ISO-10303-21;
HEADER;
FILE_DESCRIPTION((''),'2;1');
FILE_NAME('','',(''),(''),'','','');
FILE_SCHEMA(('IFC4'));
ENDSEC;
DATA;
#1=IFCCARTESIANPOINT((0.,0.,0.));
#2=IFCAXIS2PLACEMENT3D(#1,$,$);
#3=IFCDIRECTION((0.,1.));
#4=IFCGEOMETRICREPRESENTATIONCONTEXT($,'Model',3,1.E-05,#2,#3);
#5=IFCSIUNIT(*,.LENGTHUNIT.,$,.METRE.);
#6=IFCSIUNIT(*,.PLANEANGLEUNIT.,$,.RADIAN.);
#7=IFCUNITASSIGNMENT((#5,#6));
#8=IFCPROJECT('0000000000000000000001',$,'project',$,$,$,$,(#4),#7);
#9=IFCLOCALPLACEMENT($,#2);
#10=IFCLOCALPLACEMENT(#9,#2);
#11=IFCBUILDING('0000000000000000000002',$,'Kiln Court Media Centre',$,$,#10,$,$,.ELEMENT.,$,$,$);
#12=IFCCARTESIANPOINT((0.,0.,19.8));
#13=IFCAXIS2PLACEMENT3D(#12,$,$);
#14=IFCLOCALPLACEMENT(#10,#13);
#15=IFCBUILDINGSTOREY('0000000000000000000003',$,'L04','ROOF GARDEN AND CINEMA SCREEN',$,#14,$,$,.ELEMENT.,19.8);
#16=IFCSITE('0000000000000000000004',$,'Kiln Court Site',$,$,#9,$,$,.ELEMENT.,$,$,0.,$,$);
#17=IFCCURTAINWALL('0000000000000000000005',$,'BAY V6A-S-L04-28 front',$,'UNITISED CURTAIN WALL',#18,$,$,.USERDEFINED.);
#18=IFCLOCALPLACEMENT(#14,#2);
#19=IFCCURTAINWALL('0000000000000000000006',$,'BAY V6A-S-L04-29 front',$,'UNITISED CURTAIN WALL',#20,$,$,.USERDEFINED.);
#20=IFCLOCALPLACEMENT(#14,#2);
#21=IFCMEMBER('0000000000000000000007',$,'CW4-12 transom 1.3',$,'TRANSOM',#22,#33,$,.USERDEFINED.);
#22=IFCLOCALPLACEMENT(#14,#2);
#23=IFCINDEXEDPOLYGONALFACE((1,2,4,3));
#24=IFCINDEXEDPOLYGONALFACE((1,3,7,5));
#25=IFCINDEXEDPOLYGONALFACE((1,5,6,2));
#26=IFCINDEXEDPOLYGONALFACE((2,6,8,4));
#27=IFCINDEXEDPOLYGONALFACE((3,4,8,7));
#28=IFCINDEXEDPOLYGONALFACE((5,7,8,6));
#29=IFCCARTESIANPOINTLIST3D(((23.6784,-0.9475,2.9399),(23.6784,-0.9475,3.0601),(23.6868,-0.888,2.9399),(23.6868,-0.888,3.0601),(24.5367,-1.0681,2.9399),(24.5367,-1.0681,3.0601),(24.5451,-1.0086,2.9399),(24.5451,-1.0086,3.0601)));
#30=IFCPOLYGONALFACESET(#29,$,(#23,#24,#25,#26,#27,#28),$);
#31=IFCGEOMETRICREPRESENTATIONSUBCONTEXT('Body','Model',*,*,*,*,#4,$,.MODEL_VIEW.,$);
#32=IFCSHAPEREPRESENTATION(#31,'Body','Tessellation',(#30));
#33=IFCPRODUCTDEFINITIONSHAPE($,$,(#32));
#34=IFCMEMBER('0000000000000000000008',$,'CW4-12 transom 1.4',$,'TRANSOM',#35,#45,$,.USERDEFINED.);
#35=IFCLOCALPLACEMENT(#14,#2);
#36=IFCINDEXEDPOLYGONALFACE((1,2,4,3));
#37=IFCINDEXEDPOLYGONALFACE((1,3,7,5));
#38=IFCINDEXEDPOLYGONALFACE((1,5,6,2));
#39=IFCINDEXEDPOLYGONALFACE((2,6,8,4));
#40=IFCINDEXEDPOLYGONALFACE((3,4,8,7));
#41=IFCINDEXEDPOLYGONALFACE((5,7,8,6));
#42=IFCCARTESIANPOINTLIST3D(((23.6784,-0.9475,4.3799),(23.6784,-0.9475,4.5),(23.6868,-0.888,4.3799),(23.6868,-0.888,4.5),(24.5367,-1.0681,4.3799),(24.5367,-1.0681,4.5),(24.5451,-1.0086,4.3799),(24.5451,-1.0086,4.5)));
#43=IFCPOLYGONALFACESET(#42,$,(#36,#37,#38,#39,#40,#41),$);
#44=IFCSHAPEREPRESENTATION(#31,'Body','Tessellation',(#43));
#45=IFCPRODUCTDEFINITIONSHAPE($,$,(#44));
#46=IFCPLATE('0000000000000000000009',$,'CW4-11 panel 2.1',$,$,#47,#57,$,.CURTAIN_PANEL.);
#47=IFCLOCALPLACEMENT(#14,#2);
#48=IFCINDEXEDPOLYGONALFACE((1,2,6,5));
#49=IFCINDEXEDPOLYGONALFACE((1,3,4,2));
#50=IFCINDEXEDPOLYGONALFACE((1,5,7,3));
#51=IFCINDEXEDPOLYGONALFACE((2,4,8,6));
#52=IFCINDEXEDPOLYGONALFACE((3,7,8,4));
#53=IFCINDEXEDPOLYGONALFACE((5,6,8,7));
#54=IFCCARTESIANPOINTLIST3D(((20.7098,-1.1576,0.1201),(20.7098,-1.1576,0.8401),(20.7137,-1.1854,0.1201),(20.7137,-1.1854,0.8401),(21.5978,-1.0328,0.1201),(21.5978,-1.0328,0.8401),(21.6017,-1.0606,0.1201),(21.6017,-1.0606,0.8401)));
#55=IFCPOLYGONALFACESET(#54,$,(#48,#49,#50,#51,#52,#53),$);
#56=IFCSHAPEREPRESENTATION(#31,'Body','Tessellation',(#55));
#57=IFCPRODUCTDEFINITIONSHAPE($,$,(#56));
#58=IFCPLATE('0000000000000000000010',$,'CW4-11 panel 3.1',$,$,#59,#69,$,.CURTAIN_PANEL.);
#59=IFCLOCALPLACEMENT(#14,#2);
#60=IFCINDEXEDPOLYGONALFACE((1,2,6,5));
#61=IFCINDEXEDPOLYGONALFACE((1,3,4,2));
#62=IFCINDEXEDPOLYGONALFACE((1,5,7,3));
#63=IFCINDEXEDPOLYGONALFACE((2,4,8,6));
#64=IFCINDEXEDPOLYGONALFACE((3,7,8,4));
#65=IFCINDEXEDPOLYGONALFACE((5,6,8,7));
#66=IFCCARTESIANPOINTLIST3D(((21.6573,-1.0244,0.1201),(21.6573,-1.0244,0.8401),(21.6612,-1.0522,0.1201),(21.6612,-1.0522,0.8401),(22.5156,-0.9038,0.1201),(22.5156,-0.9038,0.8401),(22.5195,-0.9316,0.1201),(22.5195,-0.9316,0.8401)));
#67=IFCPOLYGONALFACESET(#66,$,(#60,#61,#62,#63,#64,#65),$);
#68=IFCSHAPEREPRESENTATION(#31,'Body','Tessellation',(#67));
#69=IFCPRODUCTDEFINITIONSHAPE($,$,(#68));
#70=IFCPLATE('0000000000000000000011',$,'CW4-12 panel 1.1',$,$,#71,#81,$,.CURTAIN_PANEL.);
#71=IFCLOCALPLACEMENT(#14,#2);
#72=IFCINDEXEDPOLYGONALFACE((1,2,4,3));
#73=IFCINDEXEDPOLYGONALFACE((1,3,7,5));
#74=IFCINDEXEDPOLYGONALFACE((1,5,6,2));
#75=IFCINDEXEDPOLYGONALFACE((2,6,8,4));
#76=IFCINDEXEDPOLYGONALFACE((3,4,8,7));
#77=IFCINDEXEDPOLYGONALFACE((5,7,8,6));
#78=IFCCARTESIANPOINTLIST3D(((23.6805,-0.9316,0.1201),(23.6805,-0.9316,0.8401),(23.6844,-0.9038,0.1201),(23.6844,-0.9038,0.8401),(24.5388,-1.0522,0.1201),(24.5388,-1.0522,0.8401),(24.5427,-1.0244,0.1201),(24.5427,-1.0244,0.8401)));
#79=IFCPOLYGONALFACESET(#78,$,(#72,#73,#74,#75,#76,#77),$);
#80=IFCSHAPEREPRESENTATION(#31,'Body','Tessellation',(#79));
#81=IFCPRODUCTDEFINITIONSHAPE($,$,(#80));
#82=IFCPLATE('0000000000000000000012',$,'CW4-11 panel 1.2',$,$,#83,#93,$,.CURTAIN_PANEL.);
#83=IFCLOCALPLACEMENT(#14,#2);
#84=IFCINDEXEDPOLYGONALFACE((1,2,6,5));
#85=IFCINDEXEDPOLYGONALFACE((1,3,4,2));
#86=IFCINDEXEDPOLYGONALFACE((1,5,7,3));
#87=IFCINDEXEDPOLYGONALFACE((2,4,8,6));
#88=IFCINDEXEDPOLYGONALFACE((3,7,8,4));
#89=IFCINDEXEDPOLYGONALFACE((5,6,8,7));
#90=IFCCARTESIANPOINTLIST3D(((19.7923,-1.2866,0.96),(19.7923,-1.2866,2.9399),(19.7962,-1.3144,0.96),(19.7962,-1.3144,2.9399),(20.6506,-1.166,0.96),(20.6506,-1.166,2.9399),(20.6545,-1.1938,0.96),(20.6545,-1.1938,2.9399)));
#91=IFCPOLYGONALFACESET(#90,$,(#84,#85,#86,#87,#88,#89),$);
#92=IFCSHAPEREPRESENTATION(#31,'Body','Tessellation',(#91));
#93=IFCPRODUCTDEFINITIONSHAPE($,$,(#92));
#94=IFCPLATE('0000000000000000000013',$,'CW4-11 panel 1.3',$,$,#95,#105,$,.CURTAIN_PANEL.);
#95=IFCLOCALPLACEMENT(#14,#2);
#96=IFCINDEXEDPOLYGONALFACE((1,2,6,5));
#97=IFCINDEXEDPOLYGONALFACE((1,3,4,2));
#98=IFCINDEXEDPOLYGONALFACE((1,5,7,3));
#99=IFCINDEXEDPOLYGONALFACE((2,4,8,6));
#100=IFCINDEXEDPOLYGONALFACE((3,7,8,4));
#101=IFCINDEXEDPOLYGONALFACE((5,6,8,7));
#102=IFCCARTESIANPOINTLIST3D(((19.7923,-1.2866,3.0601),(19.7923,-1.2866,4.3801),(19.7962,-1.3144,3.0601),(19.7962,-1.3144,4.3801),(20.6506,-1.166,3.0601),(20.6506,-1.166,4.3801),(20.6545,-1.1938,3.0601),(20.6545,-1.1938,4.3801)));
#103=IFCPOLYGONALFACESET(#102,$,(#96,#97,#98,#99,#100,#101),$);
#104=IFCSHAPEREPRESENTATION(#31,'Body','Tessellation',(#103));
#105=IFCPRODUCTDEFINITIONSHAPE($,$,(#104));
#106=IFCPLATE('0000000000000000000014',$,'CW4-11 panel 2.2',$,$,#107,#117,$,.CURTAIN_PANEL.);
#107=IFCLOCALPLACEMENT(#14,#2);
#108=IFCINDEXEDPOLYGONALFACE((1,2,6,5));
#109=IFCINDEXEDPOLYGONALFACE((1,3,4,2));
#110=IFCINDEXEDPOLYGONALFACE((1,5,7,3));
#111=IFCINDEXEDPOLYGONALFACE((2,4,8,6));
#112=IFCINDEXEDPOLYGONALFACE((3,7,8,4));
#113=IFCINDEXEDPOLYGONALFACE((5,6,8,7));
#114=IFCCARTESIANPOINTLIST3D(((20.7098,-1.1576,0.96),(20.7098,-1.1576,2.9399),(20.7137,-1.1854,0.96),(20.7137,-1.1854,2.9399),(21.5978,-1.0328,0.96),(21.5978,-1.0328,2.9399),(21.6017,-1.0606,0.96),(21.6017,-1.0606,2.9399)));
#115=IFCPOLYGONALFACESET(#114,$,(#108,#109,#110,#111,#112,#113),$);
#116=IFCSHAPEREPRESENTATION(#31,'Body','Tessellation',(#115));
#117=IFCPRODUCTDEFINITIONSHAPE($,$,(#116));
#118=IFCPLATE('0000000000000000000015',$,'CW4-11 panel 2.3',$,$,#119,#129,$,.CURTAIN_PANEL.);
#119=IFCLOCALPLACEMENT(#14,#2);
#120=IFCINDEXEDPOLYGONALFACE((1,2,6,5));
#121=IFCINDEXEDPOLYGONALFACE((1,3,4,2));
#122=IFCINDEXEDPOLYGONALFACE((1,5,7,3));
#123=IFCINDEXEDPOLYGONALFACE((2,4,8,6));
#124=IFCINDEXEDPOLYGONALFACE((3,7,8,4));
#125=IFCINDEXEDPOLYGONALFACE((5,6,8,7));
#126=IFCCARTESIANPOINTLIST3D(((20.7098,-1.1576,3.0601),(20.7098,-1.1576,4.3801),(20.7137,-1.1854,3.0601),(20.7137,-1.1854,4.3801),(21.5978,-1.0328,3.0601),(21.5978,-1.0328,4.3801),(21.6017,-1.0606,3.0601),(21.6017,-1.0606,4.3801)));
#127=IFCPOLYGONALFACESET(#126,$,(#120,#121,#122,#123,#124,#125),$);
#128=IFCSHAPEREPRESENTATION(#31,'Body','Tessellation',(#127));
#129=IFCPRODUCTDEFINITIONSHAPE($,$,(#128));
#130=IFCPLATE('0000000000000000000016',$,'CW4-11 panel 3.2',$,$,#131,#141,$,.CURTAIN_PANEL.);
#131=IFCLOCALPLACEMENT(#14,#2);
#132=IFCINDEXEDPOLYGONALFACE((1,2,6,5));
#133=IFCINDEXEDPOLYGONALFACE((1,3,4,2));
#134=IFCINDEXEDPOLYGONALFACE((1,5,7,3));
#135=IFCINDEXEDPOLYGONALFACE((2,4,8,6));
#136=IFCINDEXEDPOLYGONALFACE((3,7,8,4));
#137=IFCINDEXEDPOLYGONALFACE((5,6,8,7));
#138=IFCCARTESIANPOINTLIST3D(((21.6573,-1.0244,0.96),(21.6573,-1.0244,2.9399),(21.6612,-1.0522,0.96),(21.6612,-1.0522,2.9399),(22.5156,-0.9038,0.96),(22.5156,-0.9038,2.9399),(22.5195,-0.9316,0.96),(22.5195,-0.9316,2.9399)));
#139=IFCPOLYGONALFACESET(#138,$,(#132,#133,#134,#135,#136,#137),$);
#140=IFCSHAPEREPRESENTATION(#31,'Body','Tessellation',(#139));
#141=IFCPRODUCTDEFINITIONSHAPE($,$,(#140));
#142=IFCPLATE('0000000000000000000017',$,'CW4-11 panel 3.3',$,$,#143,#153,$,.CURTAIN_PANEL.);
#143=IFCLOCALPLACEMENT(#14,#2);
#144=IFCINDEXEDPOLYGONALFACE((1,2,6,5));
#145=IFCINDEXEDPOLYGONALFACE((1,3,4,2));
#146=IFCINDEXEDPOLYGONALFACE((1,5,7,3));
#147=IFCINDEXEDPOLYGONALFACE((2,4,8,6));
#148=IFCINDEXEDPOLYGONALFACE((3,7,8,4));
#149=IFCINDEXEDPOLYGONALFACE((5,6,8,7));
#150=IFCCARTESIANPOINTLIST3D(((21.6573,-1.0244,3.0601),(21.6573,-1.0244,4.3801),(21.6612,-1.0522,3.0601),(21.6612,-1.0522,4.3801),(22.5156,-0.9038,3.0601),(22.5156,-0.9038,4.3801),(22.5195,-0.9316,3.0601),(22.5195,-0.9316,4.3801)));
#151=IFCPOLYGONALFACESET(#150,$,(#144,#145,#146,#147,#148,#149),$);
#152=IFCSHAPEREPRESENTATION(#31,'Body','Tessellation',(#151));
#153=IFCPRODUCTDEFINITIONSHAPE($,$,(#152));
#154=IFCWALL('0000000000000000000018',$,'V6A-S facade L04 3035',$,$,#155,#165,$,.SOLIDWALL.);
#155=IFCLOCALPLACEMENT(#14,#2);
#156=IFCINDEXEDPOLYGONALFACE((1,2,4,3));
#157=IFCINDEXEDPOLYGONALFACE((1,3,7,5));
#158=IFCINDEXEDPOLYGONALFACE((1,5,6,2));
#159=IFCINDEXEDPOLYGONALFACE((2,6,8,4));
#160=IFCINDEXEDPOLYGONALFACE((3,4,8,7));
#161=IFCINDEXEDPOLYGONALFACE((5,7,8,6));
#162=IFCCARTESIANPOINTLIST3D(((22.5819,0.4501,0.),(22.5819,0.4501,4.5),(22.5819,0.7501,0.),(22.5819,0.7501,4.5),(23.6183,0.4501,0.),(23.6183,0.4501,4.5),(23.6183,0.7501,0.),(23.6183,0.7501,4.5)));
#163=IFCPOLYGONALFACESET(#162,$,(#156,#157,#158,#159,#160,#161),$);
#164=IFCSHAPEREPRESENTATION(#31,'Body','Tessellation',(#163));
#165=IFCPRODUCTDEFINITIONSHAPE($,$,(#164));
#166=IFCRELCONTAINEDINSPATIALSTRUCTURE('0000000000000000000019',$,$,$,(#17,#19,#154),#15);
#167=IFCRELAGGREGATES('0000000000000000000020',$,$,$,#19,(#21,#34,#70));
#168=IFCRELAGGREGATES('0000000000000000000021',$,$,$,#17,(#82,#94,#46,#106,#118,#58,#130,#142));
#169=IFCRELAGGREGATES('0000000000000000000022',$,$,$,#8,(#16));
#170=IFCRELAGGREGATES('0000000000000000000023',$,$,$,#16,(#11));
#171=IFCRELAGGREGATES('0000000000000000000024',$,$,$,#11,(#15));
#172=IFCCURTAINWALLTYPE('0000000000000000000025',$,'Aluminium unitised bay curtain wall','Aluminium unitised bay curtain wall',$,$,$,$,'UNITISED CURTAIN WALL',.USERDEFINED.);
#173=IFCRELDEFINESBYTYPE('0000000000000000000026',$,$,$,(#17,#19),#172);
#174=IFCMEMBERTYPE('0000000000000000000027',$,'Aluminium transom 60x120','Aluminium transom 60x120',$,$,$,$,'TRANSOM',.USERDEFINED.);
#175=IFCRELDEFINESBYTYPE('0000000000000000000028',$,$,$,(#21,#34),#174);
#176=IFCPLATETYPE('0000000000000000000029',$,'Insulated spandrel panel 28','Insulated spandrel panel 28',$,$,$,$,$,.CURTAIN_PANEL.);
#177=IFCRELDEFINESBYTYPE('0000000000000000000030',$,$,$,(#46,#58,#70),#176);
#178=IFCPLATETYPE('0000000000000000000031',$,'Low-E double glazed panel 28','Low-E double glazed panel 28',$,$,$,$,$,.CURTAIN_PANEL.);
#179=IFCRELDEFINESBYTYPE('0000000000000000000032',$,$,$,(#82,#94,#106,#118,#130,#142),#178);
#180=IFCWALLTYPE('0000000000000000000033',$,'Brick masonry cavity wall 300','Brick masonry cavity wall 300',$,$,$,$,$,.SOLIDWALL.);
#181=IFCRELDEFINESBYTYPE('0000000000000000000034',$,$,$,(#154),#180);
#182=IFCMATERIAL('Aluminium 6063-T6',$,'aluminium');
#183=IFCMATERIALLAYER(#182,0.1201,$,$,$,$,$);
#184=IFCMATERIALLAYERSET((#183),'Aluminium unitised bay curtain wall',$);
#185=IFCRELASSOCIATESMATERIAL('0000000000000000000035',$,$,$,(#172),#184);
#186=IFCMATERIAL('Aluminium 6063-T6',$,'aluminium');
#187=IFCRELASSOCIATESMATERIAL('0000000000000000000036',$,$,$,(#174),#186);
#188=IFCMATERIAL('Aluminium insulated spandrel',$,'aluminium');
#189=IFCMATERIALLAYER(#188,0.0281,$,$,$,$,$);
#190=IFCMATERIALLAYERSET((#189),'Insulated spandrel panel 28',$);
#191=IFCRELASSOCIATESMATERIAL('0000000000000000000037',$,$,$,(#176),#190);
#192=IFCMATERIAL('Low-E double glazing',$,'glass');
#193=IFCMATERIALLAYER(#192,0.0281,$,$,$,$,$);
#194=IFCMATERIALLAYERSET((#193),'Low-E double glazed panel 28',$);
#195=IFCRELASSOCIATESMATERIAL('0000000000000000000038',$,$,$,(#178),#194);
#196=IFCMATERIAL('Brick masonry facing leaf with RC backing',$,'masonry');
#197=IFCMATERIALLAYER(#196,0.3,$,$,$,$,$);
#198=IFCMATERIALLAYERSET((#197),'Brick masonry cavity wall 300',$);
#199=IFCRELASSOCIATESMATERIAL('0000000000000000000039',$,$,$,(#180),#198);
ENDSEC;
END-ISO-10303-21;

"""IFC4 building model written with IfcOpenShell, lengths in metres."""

from ifc_helpers import new_model, si_unit, direction, frame, frame_2d, origin, origin_2d, place, context, subcontext, project, spatial, rectangle, extrude, material, layer, layer_set, material_profile, profile_set, type_object, element, aggregate, save


model = new_model("IFC4")

# Units and contexts
model_context = context("Model", 3, precision=1e-05, world=origin(), true_north=direction((0.0, 1.0)))
body_context = subcontext(model_context, "Body", "Model", "MODEL_VIEW")
ifc_project = project(units=[si_unit("LENGTHUNIT", "METRE"), si_unit("PLANEANGLEUNIT", "RADIAN")], contexts=[model_context])

# Site, building, storey
site_placement = place(None, origin())
site = spatial("IfcSite", under=ifc_project, at=site_placement, Name="Kiln Court Site", CompositionType="ELEMENT", RefElevation=0.0)
building_placement = place(site_placement, origin())
building = spatial("IfcBuilding", under=site, at=building_placement, Name="Kiln Court Media Centre", CompositionType="ELEMENT")
storey_placement = place(building_placement, frame((0.0, 0.0, 19.8)))
storey = spatial("IfcBuildingStorey", under=building, at=storey_placement, Name="L04", Description="ROOF GARDEN AND CINEMA SCREEN", CompositionType="ELEMENT", Elevation=19.8)

# Curtain wall
ifc_material_1 = material(Name="Aluminium 6063-T6", Category="aluminium")
ifc_layer_1 = layer(ifc_material_1, 0.1201)
ifc_layer_set_1 = layer_set([ifc_layer_1], Name="Aluminium unitised bay curtain wall")
curtain_wall_type = type_object("IfcCurtainWallType", Name="Aluminium unitised bay curtain wall", Description="Aluminium unitised bay curtain wall", ElementType="UNITISED CURTAIN WALL", PredefinedType="USERDEFINED", material=ifc_layer_set_1)
curtain_wall_1_placement = place(storey_placement, origin())
curtain_wall_1 = element("IfcCurtainWall", 1, at=curtain_wall_1_placement, inside=storey, type_object=curtain_wall_type, Name="BAY V6A-S-L04-28 front", ObjectType="UNITISED CURTAIN WALL", PredefinedType="USERDEFINED")

# Curtain wall
curtain_wall_2_placement = place(storey_placement, origin())
curtain_wall_2 = element("IfcCurtainWall", 2, at=curtain_wall_2_placement, inside=storey, type_object=curtain_wall_type, Name="BAY V6A-S-L04-29 front", ObjectType="UNITISED CURTAIN WALL", PredefinedType="USERDEFINED")

# Members
ifc_material_2 = material(Name="Aluminium 6063-T6", Category="aluminium")
ifc_material_profile_1 = material_profile(ifc_material_2, rectangle(XDim=0.0601, YDim=0.1201, at=origin_2d()), Name="Aluminium transom 60x120")
ifc_profile_set_1 = profile_set([ifc_material_profile_1], Name="Aluminium 6063-T6")
member_type_1 = type_object("IfcMemberType", Name="Aluminium transom 60x120", Description="Aluminium transom 60x120", ElementType="TRANSOM", PredefinedType="USERDEFINED", material=ifc_profile_set_1)
member_1_placement = place(storey_placement, frame((23.6826, -0.9177, 3.0), z_axis=(0.990268, -0.139173, 0.0), x_axis=(0.139173, 0.990268, 0.0)))
member_1 = element("IfcMember", 3, at=member_1_placement, type_object=member_type_1, Name="CW4-12 transom 1.3", ObjectType="TRANSOM", PredefinedType="USERDEFINED", context=body_context, shape_type="SweptSolid", body=[
    extrude(rectangle(XDim=0.0601, YDim=0.1201, at=origin_2d()), origin(), (0.0, 0.0, 1.0), 0.8667),
])
member_2_placement = place(storey_placement, frame((23.6826, -0.9177, 4.4399), z_axis=(0.990268, -0.139173, 0.0), x_axis=(0.139173, 0.990268, 0.0)))
member_2 = element("IfcMember", 4, at=member_2_placement, type_object=member_type_1, Name="CW4-12 transom 1.4", ObjectType="TRANSOM", PredefinedType="USERDEFINED", context=body_context, shape_type="SweptSolid", body=[
    extrude(rectangle(XDim=0.0601, YDim=0.1201, at=origin_2d()), origin(), (0.0, 0.0, 1.0), 0.8667),
])

# Plates
ifc_material_3 = material(Name="Aluminium insulated spandrel", Category="aluminium")
ifc_layer_2 = layer(ifc_material_3, 0.0281)
ifc_layer_set_2 = layer_set([ifc_layer_2], Name="Insulated spandrel panel 28")
plate_type_1 = type_object("IfcPlateType", Name="Insulated spandrel panel 28", Description="Insulated spandrel panel 28", PredefinedType="CURTAIN_PANEL", material=ifc_layer_set_2)
plate_1_placement = place(storey_placement, frame((21.1558, -1.1091, 0.1201), z_axis=(0.0, 0.0, 1.0), x_axis=(0.99027, 0.139162, 0.0)))
plate_1 = element("IfcPlate", 5, at=plate_1_placement, type_object=plate_type_1, Name="CW4-11 panel 2.1", PredefinedType="CURTAIN_PANEL", context=body_context, shape_type="SweptSolid", body=[
    extrude(rectangle(XDim=0.8967, YDim=0.0281, at=origin_2d()), origin(), (0.0, 0.0, 1.0), 0.72),
])
plate_2_placement = place(storey_placement, frame((22.0884, -0.978, 0.1201), z_axis=(0.0, 0.0, 1.0), x_axis=(0.99027, 0.139162, 0.0)))
plate_2 = element("IfcPlate", 6, at=plate_2_placement, type_object=plate_type_1, Name="CW4-11 panel 3.1", PredefinedType="CURTAIN_PANEL", context=body_context, shape_type="SweptSolid", body=[
    extrude(rectangle(XDim=0.8667, YDim=0.0281, at=origin_2d()), origin(), (0.0, 0.0, 1.0), 0.72),
])
plate_3_placement = place(storey_placement, frame((24.1116, -0.978, 0.1201), z_axis=(0.0, 0.0, 1.0), x_axis=(0.99027, -0.139162, 0.0)))
plate_3 = element("IfcPlate", 7, at=plate_3_placement, type_object=plate_type_1, Name="CW4-12 panel 1.1", PredefinedType="CURTAIN_PANEL", context=body_context, shape_type="SweptSolid", body=[
    extrude(rectangle(XDim=0.8667, YDim=0.0281, at=origin_2d()), origin(), (0.0, 0.0, 1.0), 0.72),
])
aggregate(curtain_wall_2, [member_1, member_2, plate_3])
ifc_material_4 = material(Name="Low-E double glazing", Category="glass")
ifc_layer_3 = layer(ifc_material_4, 0.0281)
ifc_layer_set_3 = layer_set([ifc_layer_3], Name="Low-E double glazed panel 28")
plate_type_2 = type_object("IfcPlateType", Name="Low-E double glazed panel 28", Description="Low-E double glazed panel 28", PredefinedType="CURTAIN_PANEL", material=ifc_layer_set_3)
plate_4_placement = place(storey_placement, frame((20.2234, -1.2402, 0.96), z_axis=(0.0, 0.0, 1.0), x_axis=(0.99027, 0.139162, 0.0)))
plate_4 = element("IfcPlate", 8, at=plate_4_placement, type_object=plate_type_2, Name="CW4-11 panel 1.2", PredefinedType="CURTAIN_PANEL", context=body_context, shape_type="SweptSolid", body=[
    extrude(rectangle(XDim=0.8667, YDim=0.0281, at=origin_2d()), origin(), (0.0, 0.0, 1.0), 1.98),
])
plate_5_placement = place(storey_placement, frame((20.2234, -1.2402, 3.0601), z_axis=(0.0, 0.0, 1.0), x_axis=(0.99027, 0.139162, 0.0)))
plate_5 = element("IfcPlate", 9, at=plate_5_placement, type_object=plate_type_2, Name="CW4-11 panel 1.3", PredefinedType="CURTAIN_PANEL", context=body_context, shape_type="SweptSolid", body=[
    extrude(rectangle(XDim=0.8667, YDim=0.0281, at=origin_2d()), origin(), (0.0, 0.0, 1.0), 1.3201),
])
plate_6_placement = place(storey_placement, frame((21.1558, -1.1091, 0.96), z_axis=(0.0, 0.0, 1.0), x_axis=(0.99027, 0.139162, 0.0)))
plate_6 = element("IfcPlate", 10, at=plate_6_placement, type_object=plate_type_2, Name="CW4-11 panel 2.2", PredefinedType="CURTAIN_PANEL", context=body_context, shape_type="SweptSolid", body=[
    extrude(rectangle(XDim=0.8967, YDim=0.0281, at=origin_2d()), origin(), (0.0, 0.0, 1.0), 1.98),
])
plate_7_placement = place(storey_placement, frame((21.1558, -1.1091, 3.0601), z_axis=(0.0, 0.0, 1.0), x_axis=(0.99027, 0.139162, 0.0)))
plate_7 = element("IfcPlate", 11, at=plate_7_placement, type_object=plate_type_2, Name="CW4-11 panel 2.3", PredefinedType="CURTAIN_PANEL", context=body_context, shape_type="SweptSolid", body=[
    extrude(rectangle(XDim=0.8967, YDim=0.0281, at=origin_2d()), origin(), (0.0, 0.0, 1.0), 1.3201),
])
plate_8_placement = place(storey_placement, frame((22.0884, -0.978, 0.96), z_axis=(0.0, 0.0, 1.0), x_axis=(0.99027, 0.139162, 0.0)))
plate_8 = element("IfcPlate", 12, at=plate_8_placement, type_object=plate_type_2, Name="CW4-11 panel 3.2", PredefinedType="CURTAIN_PANEL", context=body_context, shape_type="SweptSolid", body=[
    extrude(rectangle(XDim=0.8667, YDim=0.0281, at=origin_2d()), origin(), (0.0, 0.0, 1.0), 1.98),
])
plate_9_placement = place(storey_placement, frame((22.0884, -0.978, 3.0601), z_axis=(0.0, 0.0, 1.0), x_axis=(0.99027, 0.139162, 0.0)))
plate_9 = element("IfcPlate", 13, at=plate_9_placement, type_object=plate_type_2, Name="CW4-11 panel 3.3", PredefinedType="CURTAIN_PANEL", context=body_context, shape_type="SweptSolid", body=[
    extrude(rectangle(XDim=0.8667, YDim=0.0281, at=origin_2d()), origin(), (0.0, 0.0, 1.0), 1.3201),
])
aggregate(curtain_wall_1, [plate_4, plate_5, plate_1, plate_6, plate_7, plate_2, plate_8, plate_9])

# Wall
ifc_material_5 = material(Name="Brick masonry facing leaf with RC backing", Category="masonry")
ifc_layer_4 = layer(ifc_material_5, 0.3)
ifc_layer_set_4 = layer_set([ifc_layer_4], Name="Brick masonry cavity wall 300")
wall_type = type_object("IfcWallType", Name="Brick masonry cavity wall 300", Description="Brick masonry cavity wall 300", PredefinedType="SOLIDWALL", material=ifc_layer_set_4)
wall_placement = place(storey_placement, frame((23.6182, 0.6001, 0.0), z_axis=(0.0, 0.0, 1.0), x_axis=(-1.0, 0.0, 0.0)))
element("IfcWall", 14, at=wall_placement, inside=storey, type_object=wall_type, Name="V6A-S facade L04 3035", PredefinedType="SOLIDWALL", context=body_context, shape_type="SweptSolid", body=[
    extrude(rectangle(XDim=1.0364, YDim=0.3, at=frame_2d((0.5181, 0.0))), origin(), (0.0, 0.0, 1.0), 4.5),
])

save(model, "model.ifc")
